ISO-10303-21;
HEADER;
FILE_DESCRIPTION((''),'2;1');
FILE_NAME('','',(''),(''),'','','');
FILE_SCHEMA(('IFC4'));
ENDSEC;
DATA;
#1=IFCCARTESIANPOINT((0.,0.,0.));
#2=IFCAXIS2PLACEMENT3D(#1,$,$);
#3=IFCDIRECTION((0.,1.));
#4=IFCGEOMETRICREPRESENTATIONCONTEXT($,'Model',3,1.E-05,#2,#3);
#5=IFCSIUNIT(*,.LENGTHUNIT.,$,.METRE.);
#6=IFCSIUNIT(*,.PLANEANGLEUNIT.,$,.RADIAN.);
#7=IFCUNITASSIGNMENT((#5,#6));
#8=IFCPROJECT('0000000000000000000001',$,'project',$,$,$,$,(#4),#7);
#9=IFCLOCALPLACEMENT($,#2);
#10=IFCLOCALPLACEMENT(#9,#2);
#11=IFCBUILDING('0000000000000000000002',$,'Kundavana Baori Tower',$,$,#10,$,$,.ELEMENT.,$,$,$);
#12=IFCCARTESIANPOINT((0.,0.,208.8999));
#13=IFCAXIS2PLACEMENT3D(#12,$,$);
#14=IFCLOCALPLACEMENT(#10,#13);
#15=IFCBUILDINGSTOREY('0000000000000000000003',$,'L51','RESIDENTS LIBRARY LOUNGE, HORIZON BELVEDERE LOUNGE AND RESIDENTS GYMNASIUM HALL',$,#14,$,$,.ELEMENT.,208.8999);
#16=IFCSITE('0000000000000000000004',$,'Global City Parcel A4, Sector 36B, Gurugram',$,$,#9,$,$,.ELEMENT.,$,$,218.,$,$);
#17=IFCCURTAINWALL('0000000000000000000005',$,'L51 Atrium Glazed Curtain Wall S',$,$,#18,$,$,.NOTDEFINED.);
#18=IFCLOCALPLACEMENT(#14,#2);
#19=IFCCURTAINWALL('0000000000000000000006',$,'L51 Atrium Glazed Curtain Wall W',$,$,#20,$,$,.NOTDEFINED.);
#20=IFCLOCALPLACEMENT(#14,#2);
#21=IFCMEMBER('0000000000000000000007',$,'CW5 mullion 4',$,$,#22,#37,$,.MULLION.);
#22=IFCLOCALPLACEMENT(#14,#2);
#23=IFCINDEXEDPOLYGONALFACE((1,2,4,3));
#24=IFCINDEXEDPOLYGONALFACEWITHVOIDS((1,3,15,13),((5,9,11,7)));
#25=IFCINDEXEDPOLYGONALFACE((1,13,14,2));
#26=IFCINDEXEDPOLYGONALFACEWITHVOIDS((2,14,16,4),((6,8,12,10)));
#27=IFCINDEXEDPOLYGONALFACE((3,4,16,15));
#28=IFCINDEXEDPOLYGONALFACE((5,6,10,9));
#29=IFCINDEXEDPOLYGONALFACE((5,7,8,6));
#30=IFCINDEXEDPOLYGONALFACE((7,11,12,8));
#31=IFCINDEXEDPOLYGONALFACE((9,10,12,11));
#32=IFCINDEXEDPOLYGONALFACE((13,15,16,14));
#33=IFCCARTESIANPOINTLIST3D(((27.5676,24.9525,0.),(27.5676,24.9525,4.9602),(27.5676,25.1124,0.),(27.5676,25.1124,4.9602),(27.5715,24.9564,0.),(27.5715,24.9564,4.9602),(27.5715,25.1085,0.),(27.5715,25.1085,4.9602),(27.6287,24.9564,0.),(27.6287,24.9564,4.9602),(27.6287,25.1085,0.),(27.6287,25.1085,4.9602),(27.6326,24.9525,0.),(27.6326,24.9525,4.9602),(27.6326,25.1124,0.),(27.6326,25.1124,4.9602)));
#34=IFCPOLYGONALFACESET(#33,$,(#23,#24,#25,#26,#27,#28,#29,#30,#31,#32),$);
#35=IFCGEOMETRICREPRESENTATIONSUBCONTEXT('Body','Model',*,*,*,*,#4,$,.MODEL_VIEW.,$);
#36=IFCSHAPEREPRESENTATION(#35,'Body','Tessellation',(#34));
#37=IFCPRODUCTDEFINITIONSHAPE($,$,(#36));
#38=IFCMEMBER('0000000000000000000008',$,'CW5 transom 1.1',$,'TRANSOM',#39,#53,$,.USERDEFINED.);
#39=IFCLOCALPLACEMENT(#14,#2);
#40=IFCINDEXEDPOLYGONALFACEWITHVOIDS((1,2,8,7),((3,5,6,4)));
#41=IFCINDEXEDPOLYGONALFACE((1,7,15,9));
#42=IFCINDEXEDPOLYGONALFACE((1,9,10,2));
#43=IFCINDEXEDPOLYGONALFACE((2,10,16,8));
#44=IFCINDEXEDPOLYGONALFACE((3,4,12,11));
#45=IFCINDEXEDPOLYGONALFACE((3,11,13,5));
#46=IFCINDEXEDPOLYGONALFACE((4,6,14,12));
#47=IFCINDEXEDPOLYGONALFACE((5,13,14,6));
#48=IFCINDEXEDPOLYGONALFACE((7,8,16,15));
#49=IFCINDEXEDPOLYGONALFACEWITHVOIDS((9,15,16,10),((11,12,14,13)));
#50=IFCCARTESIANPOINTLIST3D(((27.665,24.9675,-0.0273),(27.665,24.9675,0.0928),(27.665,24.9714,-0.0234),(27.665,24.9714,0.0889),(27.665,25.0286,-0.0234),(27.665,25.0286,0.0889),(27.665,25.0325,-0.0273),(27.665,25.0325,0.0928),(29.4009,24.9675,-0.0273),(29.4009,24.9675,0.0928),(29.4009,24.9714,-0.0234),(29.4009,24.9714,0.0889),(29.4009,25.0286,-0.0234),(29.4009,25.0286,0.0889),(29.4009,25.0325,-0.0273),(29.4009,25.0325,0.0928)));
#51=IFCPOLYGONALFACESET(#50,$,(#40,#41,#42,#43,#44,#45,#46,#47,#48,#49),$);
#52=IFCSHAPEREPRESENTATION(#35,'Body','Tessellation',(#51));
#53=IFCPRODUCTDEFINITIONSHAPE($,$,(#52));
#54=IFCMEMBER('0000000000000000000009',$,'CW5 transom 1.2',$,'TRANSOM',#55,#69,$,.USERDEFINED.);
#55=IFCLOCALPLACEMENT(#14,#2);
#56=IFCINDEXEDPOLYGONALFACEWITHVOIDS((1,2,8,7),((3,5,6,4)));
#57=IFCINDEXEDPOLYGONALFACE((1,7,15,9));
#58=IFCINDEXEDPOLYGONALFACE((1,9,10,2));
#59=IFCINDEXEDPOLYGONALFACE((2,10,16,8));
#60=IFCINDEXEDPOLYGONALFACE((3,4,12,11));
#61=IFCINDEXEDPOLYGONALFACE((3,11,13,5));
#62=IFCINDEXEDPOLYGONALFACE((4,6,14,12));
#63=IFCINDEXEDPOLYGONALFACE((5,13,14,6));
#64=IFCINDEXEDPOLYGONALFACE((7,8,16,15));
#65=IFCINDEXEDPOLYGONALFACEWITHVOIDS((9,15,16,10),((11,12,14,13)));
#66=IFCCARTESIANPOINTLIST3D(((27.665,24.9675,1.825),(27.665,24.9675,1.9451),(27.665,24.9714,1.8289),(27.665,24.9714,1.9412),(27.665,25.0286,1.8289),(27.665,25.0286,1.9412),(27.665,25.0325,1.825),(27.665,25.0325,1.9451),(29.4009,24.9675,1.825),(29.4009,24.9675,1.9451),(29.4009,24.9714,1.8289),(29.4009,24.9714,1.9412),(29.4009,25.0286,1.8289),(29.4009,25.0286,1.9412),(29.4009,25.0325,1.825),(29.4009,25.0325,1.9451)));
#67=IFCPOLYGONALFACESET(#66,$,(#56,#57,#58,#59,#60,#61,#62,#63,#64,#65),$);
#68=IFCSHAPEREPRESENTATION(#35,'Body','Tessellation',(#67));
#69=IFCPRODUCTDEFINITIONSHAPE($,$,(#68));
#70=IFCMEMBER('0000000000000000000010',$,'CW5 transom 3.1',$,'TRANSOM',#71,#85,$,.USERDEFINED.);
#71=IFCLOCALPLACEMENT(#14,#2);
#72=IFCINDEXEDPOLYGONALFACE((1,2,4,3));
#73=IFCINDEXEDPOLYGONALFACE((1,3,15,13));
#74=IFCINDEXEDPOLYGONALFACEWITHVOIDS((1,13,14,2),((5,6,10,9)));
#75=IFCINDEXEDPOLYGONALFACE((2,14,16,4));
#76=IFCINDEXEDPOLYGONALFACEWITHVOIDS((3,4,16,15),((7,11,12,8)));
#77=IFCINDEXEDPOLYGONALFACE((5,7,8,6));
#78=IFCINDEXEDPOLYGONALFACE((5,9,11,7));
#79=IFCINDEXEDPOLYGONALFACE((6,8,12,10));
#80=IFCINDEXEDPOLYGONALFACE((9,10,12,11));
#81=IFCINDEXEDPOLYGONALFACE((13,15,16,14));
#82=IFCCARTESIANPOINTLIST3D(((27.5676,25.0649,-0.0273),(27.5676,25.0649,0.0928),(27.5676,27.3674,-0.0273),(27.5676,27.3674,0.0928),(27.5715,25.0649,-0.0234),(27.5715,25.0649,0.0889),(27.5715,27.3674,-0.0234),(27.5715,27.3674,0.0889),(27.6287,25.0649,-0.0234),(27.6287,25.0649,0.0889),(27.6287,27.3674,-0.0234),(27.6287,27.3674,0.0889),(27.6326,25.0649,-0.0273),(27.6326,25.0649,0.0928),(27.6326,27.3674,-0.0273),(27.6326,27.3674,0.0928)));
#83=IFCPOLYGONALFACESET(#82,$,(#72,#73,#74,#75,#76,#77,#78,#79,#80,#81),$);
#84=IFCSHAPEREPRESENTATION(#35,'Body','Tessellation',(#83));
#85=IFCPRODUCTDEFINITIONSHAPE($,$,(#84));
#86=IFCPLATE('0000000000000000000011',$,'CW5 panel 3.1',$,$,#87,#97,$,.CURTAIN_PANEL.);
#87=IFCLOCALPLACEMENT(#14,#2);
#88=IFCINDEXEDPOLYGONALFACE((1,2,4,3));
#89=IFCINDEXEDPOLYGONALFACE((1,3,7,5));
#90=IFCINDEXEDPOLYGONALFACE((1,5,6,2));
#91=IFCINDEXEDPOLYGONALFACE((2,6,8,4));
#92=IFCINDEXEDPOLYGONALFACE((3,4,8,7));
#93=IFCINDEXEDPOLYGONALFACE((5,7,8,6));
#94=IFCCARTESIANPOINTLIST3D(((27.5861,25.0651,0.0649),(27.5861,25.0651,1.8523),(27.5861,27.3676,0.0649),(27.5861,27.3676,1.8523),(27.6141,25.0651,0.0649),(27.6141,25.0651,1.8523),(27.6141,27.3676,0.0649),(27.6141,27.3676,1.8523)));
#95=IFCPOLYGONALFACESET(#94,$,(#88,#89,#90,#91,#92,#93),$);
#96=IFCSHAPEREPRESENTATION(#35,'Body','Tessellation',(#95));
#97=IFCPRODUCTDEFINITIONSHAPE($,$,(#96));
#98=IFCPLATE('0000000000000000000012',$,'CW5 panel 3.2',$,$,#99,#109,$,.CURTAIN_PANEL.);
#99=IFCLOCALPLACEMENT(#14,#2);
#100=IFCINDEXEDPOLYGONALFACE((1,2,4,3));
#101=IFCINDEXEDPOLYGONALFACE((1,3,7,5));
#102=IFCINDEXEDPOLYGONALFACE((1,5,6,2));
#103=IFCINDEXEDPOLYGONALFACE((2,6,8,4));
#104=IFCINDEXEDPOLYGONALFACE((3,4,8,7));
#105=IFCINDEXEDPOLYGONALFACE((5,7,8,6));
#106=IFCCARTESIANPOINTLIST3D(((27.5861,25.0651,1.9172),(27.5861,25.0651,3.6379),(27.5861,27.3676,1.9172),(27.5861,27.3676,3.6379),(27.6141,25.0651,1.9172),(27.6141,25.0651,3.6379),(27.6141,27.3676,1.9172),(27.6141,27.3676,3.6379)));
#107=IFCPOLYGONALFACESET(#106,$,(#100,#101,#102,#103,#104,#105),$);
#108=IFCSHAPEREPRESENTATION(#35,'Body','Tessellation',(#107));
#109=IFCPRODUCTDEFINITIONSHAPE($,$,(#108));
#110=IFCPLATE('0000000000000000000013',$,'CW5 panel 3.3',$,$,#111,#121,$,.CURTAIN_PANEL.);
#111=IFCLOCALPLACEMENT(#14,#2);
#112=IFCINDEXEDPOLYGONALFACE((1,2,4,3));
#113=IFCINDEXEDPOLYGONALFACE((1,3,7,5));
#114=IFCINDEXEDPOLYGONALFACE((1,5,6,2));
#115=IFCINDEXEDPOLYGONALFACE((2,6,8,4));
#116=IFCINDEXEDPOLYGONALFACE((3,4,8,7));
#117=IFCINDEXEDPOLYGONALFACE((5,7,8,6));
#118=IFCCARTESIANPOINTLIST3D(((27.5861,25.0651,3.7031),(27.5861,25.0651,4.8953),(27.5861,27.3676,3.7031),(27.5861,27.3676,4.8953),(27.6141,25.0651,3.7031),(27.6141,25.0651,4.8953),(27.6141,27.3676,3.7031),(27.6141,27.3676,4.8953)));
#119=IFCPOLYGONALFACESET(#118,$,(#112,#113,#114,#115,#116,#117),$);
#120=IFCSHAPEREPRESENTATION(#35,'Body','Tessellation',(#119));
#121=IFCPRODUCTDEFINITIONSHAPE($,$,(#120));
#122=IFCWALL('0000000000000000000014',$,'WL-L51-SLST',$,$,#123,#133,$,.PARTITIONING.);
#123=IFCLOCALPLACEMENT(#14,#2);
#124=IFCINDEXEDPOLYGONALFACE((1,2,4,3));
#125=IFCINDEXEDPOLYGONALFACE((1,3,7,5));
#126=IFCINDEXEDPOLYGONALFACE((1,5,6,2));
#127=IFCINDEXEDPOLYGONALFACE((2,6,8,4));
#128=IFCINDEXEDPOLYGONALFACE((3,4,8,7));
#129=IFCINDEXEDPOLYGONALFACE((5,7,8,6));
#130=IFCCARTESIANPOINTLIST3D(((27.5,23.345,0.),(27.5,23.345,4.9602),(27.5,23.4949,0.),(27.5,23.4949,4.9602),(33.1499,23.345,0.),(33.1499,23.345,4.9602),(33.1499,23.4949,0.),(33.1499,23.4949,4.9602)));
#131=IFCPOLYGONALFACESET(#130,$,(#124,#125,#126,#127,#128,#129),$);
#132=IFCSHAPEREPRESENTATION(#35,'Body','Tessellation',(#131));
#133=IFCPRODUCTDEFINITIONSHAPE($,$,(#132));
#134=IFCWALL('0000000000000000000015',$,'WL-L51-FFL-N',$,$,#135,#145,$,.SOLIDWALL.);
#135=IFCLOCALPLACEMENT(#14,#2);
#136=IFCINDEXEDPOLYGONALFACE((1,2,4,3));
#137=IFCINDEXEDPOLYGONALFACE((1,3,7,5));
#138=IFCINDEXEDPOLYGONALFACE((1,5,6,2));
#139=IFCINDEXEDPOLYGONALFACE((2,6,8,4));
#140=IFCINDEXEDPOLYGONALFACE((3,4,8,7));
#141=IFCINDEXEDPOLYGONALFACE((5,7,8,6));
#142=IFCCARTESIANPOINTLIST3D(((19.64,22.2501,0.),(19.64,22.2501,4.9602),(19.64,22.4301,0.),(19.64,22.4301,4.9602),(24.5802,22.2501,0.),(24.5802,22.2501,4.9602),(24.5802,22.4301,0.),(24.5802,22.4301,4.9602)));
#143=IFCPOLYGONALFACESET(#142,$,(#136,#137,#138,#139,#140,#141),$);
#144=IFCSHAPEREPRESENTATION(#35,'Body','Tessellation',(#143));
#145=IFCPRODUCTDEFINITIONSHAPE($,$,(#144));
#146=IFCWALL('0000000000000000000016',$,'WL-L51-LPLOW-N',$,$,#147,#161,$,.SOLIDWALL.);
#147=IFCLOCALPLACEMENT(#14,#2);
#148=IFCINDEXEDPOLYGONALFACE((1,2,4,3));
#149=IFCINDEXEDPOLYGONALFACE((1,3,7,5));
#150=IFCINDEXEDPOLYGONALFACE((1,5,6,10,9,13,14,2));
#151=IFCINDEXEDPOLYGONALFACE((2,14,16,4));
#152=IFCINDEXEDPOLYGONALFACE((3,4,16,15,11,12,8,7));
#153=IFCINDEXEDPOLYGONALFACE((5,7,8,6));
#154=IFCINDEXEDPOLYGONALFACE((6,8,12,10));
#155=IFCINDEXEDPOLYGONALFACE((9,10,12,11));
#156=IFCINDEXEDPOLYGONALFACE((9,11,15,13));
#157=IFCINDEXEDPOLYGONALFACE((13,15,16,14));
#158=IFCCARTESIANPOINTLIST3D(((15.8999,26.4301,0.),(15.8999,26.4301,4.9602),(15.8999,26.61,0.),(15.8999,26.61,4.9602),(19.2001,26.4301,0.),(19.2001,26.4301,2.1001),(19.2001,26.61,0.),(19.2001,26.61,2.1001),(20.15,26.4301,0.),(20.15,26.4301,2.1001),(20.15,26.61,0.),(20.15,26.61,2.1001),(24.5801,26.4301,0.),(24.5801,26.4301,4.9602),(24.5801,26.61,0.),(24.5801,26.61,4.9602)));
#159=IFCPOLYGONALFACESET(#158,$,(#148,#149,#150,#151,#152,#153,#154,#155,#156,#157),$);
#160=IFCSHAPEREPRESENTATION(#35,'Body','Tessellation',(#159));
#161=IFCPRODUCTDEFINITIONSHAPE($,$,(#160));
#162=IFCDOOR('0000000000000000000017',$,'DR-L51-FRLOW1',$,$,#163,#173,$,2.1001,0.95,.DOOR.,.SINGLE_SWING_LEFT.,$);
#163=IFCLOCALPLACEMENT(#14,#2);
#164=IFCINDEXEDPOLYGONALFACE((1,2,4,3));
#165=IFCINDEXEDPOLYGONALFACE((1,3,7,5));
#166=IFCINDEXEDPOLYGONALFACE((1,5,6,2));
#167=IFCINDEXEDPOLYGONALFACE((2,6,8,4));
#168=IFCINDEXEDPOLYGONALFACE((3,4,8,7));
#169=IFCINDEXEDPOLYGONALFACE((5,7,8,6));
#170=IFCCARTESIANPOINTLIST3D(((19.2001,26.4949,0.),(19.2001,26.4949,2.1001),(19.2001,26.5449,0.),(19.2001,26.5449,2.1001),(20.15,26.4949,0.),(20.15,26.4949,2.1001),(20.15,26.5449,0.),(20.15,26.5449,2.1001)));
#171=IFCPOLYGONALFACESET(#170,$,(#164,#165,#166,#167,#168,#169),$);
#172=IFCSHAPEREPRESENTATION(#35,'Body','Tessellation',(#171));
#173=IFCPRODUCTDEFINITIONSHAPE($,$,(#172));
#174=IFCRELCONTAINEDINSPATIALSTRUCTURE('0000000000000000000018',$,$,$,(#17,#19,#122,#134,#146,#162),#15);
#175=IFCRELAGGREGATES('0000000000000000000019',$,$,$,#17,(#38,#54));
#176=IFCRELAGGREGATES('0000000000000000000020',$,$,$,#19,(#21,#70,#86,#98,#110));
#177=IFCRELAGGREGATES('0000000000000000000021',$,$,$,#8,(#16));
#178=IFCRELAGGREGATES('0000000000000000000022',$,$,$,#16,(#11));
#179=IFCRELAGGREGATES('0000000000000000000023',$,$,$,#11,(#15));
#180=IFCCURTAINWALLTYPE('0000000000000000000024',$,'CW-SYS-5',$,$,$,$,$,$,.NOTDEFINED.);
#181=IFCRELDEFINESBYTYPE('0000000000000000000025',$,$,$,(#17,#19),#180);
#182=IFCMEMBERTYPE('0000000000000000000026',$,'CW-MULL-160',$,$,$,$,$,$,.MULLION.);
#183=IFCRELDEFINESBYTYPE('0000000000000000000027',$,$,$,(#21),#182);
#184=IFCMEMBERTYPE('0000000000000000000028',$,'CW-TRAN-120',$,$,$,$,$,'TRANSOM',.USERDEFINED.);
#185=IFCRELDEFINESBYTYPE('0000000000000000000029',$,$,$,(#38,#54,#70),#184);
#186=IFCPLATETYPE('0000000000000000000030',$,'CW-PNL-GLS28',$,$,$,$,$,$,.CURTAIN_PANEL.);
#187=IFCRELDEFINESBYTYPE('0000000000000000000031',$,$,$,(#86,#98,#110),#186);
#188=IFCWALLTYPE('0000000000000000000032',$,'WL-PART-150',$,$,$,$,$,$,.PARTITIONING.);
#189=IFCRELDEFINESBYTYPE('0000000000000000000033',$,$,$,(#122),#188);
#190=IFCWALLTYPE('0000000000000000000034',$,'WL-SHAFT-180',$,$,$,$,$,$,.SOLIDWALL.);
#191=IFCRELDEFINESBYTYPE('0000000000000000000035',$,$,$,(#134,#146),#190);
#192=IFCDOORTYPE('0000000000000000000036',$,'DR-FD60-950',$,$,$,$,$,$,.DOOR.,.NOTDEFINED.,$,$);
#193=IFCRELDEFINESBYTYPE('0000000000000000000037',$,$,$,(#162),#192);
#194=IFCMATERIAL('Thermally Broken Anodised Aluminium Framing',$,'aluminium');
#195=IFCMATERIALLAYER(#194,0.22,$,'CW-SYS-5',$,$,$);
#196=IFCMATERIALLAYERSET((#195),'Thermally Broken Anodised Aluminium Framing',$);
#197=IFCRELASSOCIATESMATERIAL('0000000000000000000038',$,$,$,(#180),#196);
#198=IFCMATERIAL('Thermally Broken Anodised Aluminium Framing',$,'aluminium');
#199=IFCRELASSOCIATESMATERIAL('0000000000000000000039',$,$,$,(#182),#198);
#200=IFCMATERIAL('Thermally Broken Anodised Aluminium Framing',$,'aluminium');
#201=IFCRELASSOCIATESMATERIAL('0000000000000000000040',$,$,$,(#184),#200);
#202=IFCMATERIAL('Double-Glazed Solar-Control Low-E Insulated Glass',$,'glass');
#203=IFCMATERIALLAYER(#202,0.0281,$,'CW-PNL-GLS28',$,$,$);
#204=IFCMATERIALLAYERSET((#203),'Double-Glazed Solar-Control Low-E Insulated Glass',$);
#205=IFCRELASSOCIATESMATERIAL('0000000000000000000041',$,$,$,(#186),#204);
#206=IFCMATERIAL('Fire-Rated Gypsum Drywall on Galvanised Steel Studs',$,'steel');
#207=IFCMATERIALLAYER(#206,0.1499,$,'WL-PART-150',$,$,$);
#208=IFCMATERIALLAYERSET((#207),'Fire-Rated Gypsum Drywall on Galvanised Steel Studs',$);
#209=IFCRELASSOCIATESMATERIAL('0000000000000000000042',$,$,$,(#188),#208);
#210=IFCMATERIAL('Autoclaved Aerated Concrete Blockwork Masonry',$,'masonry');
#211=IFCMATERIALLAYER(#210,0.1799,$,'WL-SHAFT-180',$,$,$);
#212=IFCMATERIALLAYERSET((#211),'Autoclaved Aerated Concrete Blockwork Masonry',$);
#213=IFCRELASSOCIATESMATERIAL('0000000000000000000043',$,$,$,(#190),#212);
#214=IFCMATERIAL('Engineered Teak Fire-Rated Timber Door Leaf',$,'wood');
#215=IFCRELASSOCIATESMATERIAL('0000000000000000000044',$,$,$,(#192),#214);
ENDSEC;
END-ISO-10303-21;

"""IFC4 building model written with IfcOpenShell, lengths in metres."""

from ifc_helpers import new_model, si_unit, direction, frame, frame_2d, origin, origin_2d, place, context, subcontext, project, spatial, rectangle, hollow_rectangle, extrude, material, layer, layer_set, material_profile, profile_set, type_object, element, fill, aggregate, save


model = new_model("IFC4")

# Units and contexts
model_context = context("Model", 3, precision=1e-05, world=origin(), true_north=direction((0.0, 1.0)))
body_context = subcontext(model_context, "Body", "Model", "MODEL_VIEW")
ifc_project = project(units=[si_unit("LENGTHUNIT", "METRE"), si_unit("PLANEANGLEUNIT", "RADIAN")], contexts=[model_context])

# Site, building, storey
site_placement = place(None, origin())
site = spatial("IfcSite", under=ifc_project, at=site_placement, Name="Global City Parcel A4, Sector 36B, Gurugram", CompositionType="ELEMENT", RefElevation=218.0)
building_placement = place(site_placement, origin())
building = spatial("IfcBuilding", under=site, at=building_placement, Name="Kundavana Baori Tower", CompositionType="ELEMENT")
storey_placement = place(building_placement, frame((0.0, 0.0, 208.8999)))
storey = spatial("IfcBuildingStorey", under=building, at=storey_placement, Name="L51", Description="RESIDENTS LIBRARY LOUNGE, HORIZON BELVEDERE LOUNGE AND RESIDENTS GYMNASIUM HALL", CompositionType="ELEMENT", Elevation=208.8999)

# Curtain walls, member
ifc_material_1 = material(Name="Thermally Broken Anodised Aluminium Framing", Category="aluminium")
ifc_layer_1 = layer(ifc_material_1, 0.22, Name="CW-SYS-5")
ifc_layer_set_1 = layer_set([ifc_layer_1], Name="Thermally Broken Anodised Aluminium Framing")
curtain_wall_type = type_object("IfcCurtainWallType", Name="CW-SYS-5", PredefinedType="NOTDEFINED", material=ifc_layer_set_1)
curtain_wall_1_placement = place(storey_placement, origin())
curtain_wall_1 = element("IfcCurtainWall", 1, at=curtain_wall_1_placement, inside=storey, type_object=curtain_wall_type, Name="L51 Atrium Glazed Curtain Wall S", PredefinedType="NOTDEFINED")
ifc_material_2 = material(Name="Thermally Broken Anodised Aluminium Framing", Category="aluminium")
ifc_material_profile_1 = material_profile(ifc_material_2, hollow_rectangle(XDim=0.0649, YDim=0.1599, WallThickness=0.0039, at=origin_2d()), Name="CW-MULL-160")
ifc_profile_set_1 = profile_set([ifc_material_profile_1], Name="Thermally Broken Anodised Aluminium Framing")
member_type_1 = type_object("IfcMemberType", Name="CW-MULL-160", PredefinedType="MULLION", material=ifc_profile_set_1)
curtain_wall_2_placement = place(storey_placement, origin())
curtain_wall_2 = element("IfcCurtainWall", 2, at=curtain_wall_2_placement, inside=storey, type_object=curtain_wall_type, Name="L51 Atrium Glazed Curtain Wall W", PredefinedType="NOTDEFINED")
member_1_placement = place(storey_placement, frame((27.6001, 25.0325, 0.0), z_axis=(0.0, 0.0, 1.0), x_axis=(1.0, 0.0, 0.0)))
member_1 = element("IfcMember", 3, at=member_1_placement, type_object=member_type_1, Name="CW5 mullion 4", PredefinedType="MULLION", context=body_context, shape_type="SweptSolid", body=[
    extrude(hollow_rectangle(XDim=0.0649, YDim=0.1599, WallThickness=0.0039, at=origin_2d()), origin(), (0.0, 0.0, 1.0), 4.9602),
])

# Members
ifc_material_3 = material(Name="Thermally Broken Anodised Aluminium Framing", Category="aluminium")
ifc_material_profile_2 = material_profile(ifc_material_3, hollow_rectangle(XDim=0.0649, YDim=0.1201, WallThickness=0.0039, at=origin_2d()), Name="CW-TRAN-120")
ifc_profile_set_2 = profile_set([ifc_material_profile_2], Name="Thermally Broken Anodised Aluminium Framing")
member_type_2 = type_object("IfcMemberType", Name="CW-TRAN-120", ElementType="TRANSOM", PredefinedType="USERDEFINED", material=ifc_profile_set_2)
member_2_placement = place(storey_placement, frame((27.665, 25.0, 0.0327), z_axis=(1.0, 0.0, 0.0), x_axis=(0.0, 1.0, 0.0)))
member_2 = element("IfcMember", 4, at=member_2_placement, type_object=member_type_2, Name="CW5 transom 1.1", ObjectType="TRANSOM", PredefinedType="USERDEFINED", context=body_context, shape_type="SweptSolid", body=[
    extrude(hollow_rectangle(XDim=0.0649, YDim=0.1201, WallThickness=0.0039, at=origin_2d()), origin(), (0.0, 0.0, 1.0), 1.7358),
])
member_3_placement = place(storey_placement, frame((27.665, 25.0, 1.885), z_axis=(1.0, 0.0, 0.0), x_axis=(0.0, 1.0, 0.0)))
member_3 = element("IfcMember", 5, at=member_3_placement, type_object=member_type_2, Name="CW5 transom 1.2", ObjectType="TRANSOM", PredefinedType="USERDEFINED", context=body_context, shape_type="SweptSolid", body=[
    extrude(hollow_rectangle(XDim=0.0649, YDim=0.1201, WallThickness=0.0039, at=origin_2d()), origin(), (0.0, 0.0, 1.0), 1.7358),
])
aggregate(curtain_wall_1, [member_2, member_3])
member_4_placement = place(storey_placement, frame((27.6001, 27.3674, 0.0327), z_axis=(0.0, -1.0, 0.0), x_axis=(1.0, 0.0, 0.0)))
member_4 = element("IfcMember", 6, at=member_4_placement, type_object=member_type_2, Name="CW5 transom 3.1", ObjectType="TRANSOM", PredefinedType="USERDEFINED", context=body_context, shape_type="SweptSolid", body=[
    extrude(hollow_rectangle(XDim=0.0649, YDim=0.1201, WallThickness=0.0039, at=origin_2d()), origin(), (0.0, 0.0, 1.0), 2.3025),
])

# Plates
ifc_material_4 = material(Name="Double-Glazed Solar-Control Low-E Insulated Glass", Category="glass")
ifc_layer_2 = layer(ifc_material_4, 0.0281, Name="CW-PNL-GLS28")
ifc_layer_set_2 = layer_set([ifc_layer_2], Name="Double-Glazed Solar-Control Low-E Insulated Glass")
plate_type = type_object("IfcPlateType", Name="CW-PNL-GLS28", PredefinedType="CURTAIN_PANEL", material=ifc_layer_set_2)
plate_1_placement = place(storey_placement, frame((27.6001, 26.2163, 0.0649), z_axis=(0.0, 0.0, 1.0), x_axis=(0.0, -1.0, 0.0)))
plate_1 = element("IfcPlate", 7, at=plate_1_placement, type_object=plate_type, Name="CW5 panel 3.1", PredefinedType="CURTAIN_PANEL", context=body_context, shape_type="SweptSolid", body=[
    extrude(rectangle(XDim=2.3025, YDim=0.0281, at=origin_2d()), origin(), (0.0, 0.0, 1.0), 1.7874),
])
plate_2_placement = place(storey_placement, frame((27.6001, 26.2163, 1.9172), z_axis=(0.0, 0.0, 1.0), x_axis=(0.0, -1.0, 0.0)))
plate_2 = element("IfcPlate", 8, at=plate_2_placement, type_object=plate_type, Name="CW5 panel 3.2", PredefinedType="CURTAIN_PANEL", context=body_context, shape_type="SweptSolid", body=[
    extrude(rectangle(XDim=2.3025, YDim=0.0281, at=origin_2d()), origin(), (0.0, 0.0, 1.0), 1.7207),
])
plate_3_placement = place(storey_placement, frame((27.6001, 26.2163, 3.7031), z_axis=(0.0, 0.0, 1.0), x_axis=(0.0, -1.0, 0.0)))
plate_3 = element("IfcPlate", 9, at=plate_3_placement, type_object=plate_type, Name="CW5 panel 3.3", PredefinedType="CURTAIN_PANEL", context=body_context, shape_type="SweptSolid", body=[
    extrude(rectangle(XDim=2.3025, YDim=0.0281, at=origin_2d()), origin(), (0.0, 0.0, 1.0), 1.1921),
])
aggregate(curtain_wall_2, [member_1, member_4, plate_1, plate_2, plate_3])

# Walls
ifc_material_5 = material(Name="Fire-Rated Gypsum Drywall on Galvanised Steel Studs", Category="steel")
ifc_layer_3 = layer(ifc_material_5, 0.1499, Name="WL-PART-150")
ifc_layer_set_3 = layer_set([ifc_layer_3], Name="Fire-Rated Gypsum Drywall on Galvanised Steel Studs")
wall_type_1 = type_object("IfcWallType", Name="WL-PART-150", PredefinedType="PARTITIONING", material=ifc_layer_set_3)
wall_1_placement = place(storey_placement, frame((27.5, 23.4199, 0.0), z_axis=(0.0, 0.0, 1.0), x_axis=(1.0, 0.0, 0.0)))
element("IfcWall", 10, at=wall_1_placement, inside=storey, type_object=wall_type_1, Name="WL-L51-SLST", PredefinedType="PARTITIONING", context=body_context, shape_type="SweptSolid", body=[
    extrude(rectangle(XDim=5.6499, YDim=0.1499, at=frame_2d((2.825, 0.0))), origin(), (0.0, 0.0, 1.0), 4.9602),
])
ifc_material_6 = material(Name="Autoclaved Aerated Concrete Blockwork Masonry", Category="masonry")
ifc_layer_4 = layer(ifc_material_6, 0.1799, Name="WL-SHAFT-180")
ifc_layer_set_4 = layer_set([ifc_layer_4], Name="Autoclaved Aerated Concrete Blockwork Masonry")
wall_type_2 = type_object("IfcWallType", Name="WL-SHAFT-180", PredefinedType="SOLIDWALL", material=ifc_layer_set_4)
wall_2_placement = place(storey_placement, frame((19.6399, 22.3401, 0.0), z_axis=(0.0, 0.0, 1.0), x_axis=(1.0, 0.0, 0.0)))
element("IfcWall", 11, at=wall_2_placement, inside=storey, type_object=wall_type_2, Name="WL-L51-FFL-N", PredefinedType="SOLIDWALL", context=body_context, shape_type="SweptSolid", body=[
    extrude(rectangle(XDim=4.9402, YDim=0.1799, at=frame_2d((2.4702, 0.0))), origin(), (0.0, 0.0, 1.0), 4.9602),
])

# Wall, opening, door
wall_3_placement = place(storey_placement, frame((15.8999, 26.52, 0.0), z_axis=(0.0, 0.0, 1.0), x_axis=(1.0, 0.0, 0.0)))
wall_3 = element("IfcWall", 12, at=wall_3_placement, inside=storey, type_object=wall_type_2, Name="WL-L51-LPLOW-N", PredefinedType="SOLIDWALL", context=body_context, shape_type="SweptSolid", body=[
    extrude(rectangle(XDim=8.6802, YDim=0.1799, at=frame_2d((4.3401, 0.0))), origin(), (0.0, 0.0, 1.0), 4.9602),
])
opening_1_placement = place(wall_3_placement, frame((3.3, 0.0, 0.0)))
opening_1 = element("IfcOpeningElement", 13, at=opening_1_placement, cuts=wall_3, PredefinedType="OPENING", context=body_context, shape_type="SweptSolid", body=[
    extrude(rectangle(XDim=0.95, YDim=2.1001, at=frame_2d((0.4751, 1.05))), frame((0.0, 0.1001, 0.0), z_axis=(0.0, -1.0, 0.0), x_axis=(1.0, 0.0, 0.0)), (0.0, 0.0, 1.0), 0.2),
])
ifc_material_7 = material(Name="Engineered Teak Fire-Rated Timber Door Leaf", Category="wood")
door_type_1 = type_object("IfcDoorType", Name="DR-FD60-950", OperationType="NOTDEFINED", PredefinedType="DOOR", material=ifc_material_7)
door_1_placement = place(opening_1_placement, origin())
door_1 = element("IfcDoor", 14, at=door_1_placement, inside=storey, type_object=door_type_1, Name="DR-L51-FRLOW1", OperationType="SINGLE_SWING_LEFT", OverallHeight=2.1001, OverallWidth=0.95, PredefinedType="DOOR", context=body_context, shape_type="SweptSolid", body=[
    extrude(rectangle(XDim=0.95, YDim=2.1001, at=frame_2d((0.4751, 1.05))), frame((0.0, 0.0249, 0.0), z_axis=(0.0, -1.0, 0.0), x_axis=(1.0, 0.0, 0.0)), (0.0, 0.0, 1.0), 0.05),
])
fill(opening_1, door_1)

save(model, "model.ifc")
